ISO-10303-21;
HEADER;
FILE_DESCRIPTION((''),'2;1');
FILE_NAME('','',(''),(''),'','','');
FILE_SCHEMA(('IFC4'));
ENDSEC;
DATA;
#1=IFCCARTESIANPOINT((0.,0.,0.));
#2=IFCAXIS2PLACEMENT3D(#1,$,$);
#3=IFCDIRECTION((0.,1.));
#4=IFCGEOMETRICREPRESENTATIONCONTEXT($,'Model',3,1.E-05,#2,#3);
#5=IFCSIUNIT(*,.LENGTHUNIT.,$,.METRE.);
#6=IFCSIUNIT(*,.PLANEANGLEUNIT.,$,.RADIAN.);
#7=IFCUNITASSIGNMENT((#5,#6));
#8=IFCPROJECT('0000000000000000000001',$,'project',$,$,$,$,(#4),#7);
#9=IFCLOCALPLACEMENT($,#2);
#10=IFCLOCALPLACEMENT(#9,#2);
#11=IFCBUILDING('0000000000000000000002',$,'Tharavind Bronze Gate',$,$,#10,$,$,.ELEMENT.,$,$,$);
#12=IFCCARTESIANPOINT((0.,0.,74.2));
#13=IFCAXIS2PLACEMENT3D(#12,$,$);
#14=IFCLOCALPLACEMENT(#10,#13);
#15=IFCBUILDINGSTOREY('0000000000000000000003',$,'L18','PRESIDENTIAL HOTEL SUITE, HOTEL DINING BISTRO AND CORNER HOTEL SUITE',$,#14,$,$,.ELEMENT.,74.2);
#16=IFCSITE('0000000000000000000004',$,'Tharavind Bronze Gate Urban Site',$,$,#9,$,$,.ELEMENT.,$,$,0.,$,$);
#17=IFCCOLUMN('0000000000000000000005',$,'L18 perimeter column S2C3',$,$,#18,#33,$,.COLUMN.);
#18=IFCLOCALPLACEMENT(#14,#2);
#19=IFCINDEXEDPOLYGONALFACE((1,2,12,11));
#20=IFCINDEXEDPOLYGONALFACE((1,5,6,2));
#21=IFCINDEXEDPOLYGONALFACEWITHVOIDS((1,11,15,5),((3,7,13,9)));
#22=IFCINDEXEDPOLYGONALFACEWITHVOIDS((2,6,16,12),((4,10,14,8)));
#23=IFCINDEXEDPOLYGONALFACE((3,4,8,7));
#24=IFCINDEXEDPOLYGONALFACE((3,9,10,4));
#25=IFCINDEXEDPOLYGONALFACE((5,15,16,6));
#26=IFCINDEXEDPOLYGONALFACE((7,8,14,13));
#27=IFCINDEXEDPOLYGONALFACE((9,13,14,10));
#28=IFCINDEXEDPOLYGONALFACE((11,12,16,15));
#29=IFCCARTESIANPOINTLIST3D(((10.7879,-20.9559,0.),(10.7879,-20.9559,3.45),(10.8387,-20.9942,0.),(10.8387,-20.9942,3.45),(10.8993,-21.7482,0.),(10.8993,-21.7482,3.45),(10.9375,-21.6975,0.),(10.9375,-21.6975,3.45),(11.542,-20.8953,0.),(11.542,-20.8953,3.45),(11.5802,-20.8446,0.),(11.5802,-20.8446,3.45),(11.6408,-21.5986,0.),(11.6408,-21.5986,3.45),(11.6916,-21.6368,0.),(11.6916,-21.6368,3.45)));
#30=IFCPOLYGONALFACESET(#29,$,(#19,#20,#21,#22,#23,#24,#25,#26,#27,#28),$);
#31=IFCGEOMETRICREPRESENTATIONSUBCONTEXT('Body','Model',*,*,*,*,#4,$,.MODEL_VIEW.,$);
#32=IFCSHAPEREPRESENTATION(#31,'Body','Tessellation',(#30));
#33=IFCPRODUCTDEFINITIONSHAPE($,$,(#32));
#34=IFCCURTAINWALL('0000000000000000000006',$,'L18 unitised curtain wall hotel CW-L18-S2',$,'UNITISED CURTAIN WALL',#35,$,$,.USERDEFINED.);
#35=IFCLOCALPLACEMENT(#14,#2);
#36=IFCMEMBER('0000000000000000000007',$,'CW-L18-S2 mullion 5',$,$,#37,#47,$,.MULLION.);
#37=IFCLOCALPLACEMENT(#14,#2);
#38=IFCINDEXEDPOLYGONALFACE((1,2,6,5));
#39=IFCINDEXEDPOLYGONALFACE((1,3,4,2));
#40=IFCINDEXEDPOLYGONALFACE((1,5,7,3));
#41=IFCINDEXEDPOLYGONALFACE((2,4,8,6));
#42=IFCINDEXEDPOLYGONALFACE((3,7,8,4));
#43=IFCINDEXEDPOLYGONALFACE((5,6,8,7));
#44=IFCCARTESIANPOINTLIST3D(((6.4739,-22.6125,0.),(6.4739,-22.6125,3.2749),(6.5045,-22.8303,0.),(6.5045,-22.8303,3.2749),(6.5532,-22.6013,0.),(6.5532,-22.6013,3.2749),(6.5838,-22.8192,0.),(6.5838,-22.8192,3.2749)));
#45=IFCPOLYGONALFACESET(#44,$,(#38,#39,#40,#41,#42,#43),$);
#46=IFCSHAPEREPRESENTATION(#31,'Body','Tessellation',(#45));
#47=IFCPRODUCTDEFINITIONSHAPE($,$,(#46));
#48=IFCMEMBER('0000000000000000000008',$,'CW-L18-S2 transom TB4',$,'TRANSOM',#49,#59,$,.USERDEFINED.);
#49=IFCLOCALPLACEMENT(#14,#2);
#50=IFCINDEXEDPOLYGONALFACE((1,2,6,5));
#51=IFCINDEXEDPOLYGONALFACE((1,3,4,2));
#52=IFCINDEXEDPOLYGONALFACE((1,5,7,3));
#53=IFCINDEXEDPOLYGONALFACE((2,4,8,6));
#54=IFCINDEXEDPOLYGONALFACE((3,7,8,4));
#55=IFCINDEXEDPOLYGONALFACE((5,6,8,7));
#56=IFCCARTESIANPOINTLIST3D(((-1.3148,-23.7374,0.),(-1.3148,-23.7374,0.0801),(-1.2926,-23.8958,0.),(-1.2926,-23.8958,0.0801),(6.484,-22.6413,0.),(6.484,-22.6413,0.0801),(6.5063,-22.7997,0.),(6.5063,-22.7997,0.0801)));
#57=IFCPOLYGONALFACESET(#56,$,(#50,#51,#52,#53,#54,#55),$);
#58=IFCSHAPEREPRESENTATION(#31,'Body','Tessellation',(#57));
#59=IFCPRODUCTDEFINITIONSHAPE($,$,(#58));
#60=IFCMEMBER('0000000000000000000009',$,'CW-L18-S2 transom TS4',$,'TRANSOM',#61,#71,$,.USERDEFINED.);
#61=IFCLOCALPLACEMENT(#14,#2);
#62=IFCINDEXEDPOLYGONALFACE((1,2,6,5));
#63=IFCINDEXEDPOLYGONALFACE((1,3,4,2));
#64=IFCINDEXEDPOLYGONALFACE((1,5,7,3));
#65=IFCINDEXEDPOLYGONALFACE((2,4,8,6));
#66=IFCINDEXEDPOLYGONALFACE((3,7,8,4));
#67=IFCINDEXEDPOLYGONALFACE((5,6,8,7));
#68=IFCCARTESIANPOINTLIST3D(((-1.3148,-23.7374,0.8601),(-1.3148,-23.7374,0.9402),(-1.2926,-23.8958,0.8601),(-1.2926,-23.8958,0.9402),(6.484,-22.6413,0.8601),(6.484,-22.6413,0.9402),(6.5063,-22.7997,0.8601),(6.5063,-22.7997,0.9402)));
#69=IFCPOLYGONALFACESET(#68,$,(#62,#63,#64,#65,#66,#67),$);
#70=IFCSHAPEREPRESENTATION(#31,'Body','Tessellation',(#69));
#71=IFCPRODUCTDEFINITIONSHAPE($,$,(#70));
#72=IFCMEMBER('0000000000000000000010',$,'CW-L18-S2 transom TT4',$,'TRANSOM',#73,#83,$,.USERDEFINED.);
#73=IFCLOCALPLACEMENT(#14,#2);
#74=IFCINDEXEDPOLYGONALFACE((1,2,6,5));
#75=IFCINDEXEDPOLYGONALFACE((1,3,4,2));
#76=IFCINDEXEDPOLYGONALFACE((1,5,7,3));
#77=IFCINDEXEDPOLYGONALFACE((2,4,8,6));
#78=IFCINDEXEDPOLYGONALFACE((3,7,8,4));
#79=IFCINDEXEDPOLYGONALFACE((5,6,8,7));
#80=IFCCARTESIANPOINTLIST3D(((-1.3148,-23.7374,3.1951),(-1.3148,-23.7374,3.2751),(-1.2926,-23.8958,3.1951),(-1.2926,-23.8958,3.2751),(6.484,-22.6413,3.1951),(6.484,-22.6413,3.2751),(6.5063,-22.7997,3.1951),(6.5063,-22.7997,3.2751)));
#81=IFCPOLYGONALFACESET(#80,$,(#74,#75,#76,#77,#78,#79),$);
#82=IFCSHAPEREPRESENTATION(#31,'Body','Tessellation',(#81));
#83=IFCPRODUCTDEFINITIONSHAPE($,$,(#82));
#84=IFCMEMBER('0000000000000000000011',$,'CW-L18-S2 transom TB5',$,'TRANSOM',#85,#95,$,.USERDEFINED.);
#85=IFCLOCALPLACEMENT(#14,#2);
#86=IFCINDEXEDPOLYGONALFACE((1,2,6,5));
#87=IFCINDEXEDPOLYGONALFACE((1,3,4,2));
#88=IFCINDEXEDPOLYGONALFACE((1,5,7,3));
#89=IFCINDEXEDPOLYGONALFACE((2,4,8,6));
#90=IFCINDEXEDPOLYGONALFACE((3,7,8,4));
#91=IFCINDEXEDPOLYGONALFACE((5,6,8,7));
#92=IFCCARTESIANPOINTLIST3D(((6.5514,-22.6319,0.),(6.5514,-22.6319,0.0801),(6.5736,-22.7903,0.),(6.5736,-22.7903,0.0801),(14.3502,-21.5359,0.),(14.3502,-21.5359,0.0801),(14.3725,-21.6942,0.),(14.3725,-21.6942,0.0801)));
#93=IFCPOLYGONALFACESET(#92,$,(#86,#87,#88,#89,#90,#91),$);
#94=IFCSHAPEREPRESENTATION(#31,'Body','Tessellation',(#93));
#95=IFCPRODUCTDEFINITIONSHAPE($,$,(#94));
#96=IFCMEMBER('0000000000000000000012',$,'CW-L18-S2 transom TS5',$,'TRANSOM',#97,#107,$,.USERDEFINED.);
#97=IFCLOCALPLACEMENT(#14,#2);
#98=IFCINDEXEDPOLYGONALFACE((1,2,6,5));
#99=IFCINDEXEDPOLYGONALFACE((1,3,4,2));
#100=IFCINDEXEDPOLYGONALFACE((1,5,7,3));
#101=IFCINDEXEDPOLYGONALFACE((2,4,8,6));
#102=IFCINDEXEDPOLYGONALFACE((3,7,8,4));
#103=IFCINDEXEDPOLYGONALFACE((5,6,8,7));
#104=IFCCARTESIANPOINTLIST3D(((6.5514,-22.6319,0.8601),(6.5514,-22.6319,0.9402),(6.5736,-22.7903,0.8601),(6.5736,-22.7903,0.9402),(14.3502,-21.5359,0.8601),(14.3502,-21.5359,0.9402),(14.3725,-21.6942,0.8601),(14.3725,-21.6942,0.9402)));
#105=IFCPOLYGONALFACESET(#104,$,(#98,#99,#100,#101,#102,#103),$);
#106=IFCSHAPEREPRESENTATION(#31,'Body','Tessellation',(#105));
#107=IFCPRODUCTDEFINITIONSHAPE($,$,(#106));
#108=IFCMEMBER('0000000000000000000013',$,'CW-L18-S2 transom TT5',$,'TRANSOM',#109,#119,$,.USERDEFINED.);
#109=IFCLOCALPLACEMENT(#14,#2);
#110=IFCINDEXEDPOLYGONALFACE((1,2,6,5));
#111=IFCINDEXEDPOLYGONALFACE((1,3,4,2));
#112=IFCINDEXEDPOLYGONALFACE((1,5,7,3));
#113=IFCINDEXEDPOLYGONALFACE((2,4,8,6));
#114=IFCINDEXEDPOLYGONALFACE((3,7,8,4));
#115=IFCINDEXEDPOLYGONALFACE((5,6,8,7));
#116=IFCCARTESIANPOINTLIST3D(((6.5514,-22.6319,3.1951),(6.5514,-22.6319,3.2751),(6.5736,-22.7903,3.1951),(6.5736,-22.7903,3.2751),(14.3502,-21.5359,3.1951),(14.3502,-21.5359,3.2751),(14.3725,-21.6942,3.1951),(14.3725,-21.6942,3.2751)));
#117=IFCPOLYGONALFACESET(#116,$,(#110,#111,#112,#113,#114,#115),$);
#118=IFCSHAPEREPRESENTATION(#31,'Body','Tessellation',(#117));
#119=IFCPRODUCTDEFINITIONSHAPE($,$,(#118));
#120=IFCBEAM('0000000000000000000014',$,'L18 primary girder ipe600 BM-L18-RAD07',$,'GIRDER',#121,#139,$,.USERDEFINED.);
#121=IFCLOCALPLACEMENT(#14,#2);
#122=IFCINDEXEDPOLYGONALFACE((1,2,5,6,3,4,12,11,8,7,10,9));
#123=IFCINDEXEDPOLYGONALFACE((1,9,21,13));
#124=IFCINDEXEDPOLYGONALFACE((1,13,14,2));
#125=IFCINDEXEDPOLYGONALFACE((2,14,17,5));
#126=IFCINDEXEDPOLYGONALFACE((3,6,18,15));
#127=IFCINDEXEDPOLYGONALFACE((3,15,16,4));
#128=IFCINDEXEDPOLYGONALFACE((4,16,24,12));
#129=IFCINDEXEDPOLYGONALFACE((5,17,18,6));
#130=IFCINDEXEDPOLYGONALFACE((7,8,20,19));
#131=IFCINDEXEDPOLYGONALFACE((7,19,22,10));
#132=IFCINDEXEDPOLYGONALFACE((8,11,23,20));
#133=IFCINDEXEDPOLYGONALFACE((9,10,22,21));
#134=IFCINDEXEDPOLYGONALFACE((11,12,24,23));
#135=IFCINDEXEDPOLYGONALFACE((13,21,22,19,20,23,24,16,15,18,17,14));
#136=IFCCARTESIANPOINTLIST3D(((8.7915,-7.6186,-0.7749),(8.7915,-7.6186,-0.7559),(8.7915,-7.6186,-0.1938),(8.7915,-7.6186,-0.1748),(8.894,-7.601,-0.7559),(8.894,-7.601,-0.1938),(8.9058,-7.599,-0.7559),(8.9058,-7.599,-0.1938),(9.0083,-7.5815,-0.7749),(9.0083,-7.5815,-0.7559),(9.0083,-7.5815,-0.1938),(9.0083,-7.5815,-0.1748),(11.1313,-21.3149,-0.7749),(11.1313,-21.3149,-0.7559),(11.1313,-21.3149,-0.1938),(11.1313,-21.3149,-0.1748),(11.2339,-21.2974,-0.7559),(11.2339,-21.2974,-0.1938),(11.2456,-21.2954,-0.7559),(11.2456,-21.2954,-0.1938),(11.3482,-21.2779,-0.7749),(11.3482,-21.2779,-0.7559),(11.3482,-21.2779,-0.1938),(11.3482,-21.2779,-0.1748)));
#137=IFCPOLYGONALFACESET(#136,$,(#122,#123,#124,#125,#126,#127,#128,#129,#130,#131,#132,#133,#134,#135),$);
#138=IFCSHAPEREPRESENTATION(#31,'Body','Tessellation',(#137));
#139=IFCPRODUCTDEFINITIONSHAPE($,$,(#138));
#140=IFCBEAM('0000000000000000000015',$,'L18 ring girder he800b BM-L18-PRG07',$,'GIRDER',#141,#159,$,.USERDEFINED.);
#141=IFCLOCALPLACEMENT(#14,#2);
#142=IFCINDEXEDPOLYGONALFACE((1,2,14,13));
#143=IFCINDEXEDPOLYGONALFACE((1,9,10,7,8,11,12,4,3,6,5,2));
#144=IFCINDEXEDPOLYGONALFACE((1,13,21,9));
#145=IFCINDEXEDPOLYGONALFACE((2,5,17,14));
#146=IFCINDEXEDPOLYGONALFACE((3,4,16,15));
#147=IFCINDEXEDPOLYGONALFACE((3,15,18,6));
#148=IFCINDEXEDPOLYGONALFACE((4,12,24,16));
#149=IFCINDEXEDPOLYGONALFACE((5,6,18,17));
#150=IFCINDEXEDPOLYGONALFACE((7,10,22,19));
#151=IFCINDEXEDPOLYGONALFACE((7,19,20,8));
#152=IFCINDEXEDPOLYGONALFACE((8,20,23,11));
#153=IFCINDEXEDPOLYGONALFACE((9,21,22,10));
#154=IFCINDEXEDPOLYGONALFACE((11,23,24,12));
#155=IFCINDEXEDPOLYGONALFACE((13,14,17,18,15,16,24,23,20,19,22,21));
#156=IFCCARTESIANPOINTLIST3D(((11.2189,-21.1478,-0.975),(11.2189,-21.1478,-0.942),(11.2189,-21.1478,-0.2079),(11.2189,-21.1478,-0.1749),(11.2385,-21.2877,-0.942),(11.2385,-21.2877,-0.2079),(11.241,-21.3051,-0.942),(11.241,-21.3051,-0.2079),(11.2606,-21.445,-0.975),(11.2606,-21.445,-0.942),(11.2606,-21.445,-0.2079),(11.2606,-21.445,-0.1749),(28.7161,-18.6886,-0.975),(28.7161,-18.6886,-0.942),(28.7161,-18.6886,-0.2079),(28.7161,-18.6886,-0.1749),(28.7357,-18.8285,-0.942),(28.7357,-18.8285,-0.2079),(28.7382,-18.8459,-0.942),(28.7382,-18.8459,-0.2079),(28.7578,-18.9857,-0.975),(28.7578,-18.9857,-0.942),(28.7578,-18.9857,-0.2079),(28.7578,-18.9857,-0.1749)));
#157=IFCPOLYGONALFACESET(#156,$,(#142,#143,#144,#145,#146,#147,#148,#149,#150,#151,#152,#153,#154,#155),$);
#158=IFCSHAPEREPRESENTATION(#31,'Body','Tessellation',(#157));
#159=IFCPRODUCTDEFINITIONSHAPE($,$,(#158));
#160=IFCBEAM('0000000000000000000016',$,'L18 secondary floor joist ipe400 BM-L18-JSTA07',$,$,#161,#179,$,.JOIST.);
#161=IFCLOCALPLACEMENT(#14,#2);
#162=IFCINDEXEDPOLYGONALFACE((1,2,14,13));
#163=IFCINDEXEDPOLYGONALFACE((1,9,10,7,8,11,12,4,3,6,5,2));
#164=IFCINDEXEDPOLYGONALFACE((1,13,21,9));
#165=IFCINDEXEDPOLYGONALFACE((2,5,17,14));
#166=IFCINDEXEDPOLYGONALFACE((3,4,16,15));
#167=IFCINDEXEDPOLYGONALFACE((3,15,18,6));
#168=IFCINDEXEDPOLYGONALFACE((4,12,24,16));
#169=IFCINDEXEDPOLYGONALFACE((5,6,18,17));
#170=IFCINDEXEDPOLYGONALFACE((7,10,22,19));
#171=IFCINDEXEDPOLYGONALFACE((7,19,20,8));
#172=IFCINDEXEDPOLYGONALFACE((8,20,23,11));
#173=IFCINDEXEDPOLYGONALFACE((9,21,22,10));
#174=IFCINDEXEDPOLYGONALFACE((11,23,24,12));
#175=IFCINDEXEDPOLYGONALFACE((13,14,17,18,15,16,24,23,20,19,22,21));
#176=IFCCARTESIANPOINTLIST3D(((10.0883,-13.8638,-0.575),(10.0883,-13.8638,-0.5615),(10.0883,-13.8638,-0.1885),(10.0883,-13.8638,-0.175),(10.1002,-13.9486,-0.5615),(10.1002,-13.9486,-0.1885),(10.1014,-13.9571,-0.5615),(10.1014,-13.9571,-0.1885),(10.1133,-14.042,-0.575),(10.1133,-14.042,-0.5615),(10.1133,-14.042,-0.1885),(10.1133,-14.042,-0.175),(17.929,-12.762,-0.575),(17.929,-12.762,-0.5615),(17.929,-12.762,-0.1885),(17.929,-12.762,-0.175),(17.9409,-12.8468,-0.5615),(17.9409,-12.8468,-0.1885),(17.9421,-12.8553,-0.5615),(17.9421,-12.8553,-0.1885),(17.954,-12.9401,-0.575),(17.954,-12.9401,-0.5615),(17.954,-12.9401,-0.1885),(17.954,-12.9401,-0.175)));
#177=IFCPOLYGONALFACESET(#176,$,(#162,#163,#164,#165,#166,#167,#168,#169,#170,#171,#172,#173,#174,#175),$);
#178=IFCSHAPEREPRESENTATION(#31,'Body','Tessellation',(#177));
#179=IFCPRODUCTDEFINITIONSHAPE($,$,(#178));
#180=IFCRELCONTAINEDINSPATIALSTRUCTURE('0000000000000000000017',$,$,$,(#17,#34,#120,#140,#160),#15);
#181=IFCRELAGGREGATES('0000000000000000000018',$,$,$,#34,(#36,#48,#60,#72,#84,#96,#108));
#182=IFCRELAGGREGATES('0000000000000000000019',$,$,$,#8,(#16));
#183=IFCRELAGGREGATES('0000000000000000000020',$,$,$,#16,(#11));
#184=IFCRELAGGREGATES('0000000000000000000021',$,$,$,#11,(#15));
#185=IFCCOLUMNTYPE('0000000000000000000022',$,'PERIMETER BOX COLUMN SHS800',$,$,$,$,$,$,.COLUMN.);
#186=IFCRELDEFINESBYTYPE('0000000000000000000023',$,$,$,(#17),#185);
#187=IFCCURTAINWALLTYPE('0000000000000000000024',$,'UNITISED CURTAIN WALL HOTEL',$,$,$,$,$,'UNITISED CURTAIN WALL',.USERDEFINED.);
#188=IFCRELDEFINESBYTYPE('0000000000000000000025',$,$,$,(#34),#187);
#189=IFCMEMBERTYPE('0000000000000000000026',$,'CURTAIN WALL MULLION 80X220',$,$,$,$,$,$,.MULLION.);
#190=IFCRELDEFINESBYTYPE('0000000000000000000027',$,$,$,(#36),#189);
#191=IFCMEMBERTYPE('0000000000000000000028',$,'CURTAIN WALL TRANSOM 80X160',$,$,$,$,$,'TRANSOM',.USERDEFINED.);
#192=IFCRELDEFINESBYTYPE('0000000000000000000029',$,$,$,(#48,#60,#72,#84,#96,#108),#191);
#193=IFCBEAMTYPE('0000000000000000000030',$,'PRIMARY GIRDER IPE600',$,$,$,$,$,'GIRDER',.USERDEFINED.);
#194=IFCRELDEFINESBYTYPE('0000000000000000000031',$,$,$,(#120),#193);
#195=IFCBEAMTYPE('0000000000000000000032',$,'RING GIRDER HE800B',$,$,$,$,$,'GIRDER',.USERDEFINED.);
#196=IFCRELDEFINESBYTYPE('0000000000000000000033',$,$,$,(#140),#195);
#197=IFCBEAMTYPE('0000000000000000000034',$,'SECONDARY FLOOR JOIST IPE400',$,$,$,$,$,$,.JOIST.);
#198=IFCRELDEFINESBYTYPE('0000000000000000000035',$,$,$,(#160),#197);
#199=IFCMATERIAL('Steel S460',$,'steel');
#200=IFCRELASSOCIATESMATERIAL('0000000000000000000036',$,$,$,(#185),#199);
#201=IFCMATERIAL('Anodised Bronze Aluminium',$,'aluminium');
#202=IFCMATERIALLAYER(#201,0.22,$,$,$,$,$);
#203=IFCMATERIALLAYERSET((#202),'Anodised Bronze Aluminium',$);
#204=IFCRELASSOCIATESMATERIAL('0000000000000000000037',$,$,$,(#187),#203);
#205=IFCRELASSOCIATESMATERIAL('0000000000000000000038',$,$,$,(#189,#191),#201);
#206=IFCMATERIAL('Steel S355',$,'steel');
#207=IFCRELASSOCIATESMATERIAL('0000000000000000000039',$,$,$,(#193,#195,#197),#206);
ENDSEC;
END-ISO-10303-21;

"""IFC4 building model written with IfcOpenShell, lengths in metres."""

from ifc_helpers import new_model, si_unit, direction, frame, origin, origin_2d, place, context, subcontext, project, spatial, rectangle, hollow_rectangle, i_section, extrude, material, layer, layer_set, material_profile, profile_set, type_object, element, aggregate, save


model = new_model("IFC4")

# Units and contexts
model_context = context("Model", 3, precision=1e-05, world=origin(), true_north=direction((0.0, 1.0)))
body_context = subcontext(model_context, "Body", "Model", "MODEL_VIEW")
ifc_project = project(units=[si_unit("LENGTHUNIT", "METRE"), si_unit("PLANEANGLEUNIT", "RADIAN")], contexts=[model_context])

# Site, building, storey
site_placement = place(None, origin())
site = spatial("IfcSite", under=ifc_project, at=site_placement, Name="Tharavind Bronze Gate Urban Site", CompositionType="ELEMENT", RefElevation=0.0)
building_placement = place(site_placement, origin())
building = spatial("IfcBuilding", under=site, at=building_placement, Name="Tharavind Bronze Gate", CompositionType="ELEMENT")
storey_placement = place(building_placement, frame((0.0, 0.0, 74.2)))
storey = spatial("IfcBuildingStorey", under=building, at=storey_placement, Name="L18", Description="PRESIDENTIAL HOTEL SUITE, HOTEL DINING BISTRO AND CORNER HOTEL SUITE", CompositionType="ELEMENT", Elevation=74.2)

# Column
ifc_material_1 = material(Name="Steel S460", Category="steel")
ifc_material_profile_1 = material_profile(ifc_material_1, hollow_rectangle(XDim=0.8, YDim=0.8, WallThickness=0.0449, at=origin_2d()), Name="SHS800X45")
ifc_profile_set_1 = profile_set([ifc_material_profile_1], Name="Steel S460")
column_type = type_object("IfcColumnType", Name="PERIMETER BOX COLUMN SHS800", PredefinedType="COLUMN", material=ifc_profile_set_1)
column_placement = place(storey_placement, frame((11.2397, -21.2964, 0.0), z_axis=(0.0, 0.0, 1.0), x_axis=(0.990268, 0.139173, 0.0)))
element("IfcColumn", 1, at=column_placement, inside=storey, type_object=column_type, Name="L18 perimeter column S2C3", PredefinedType="COLUMN", context=body_context, shape_type="SweptSolid", body=[
    extrude(hollow_rectangle(XDim=0.8, YDim=0.8, WallThickness=0.0449, at=origin_2d()), origin(), (0.0, 0.0, 1.0), 3.45),
])

# Curtain wall, members
ifc_material_2 = material(Name="Anodised Bronze Aluminium", Category="aluminium")
ifc_layer_1 = layer(ifc_material_2, 0.22)
ifc_layer_set_1 = layer_set([ifc_layer_1], Name="Anodised Bronze Aluminium")
curtain_wall_type = type_object("IfcCurtainWallType", Name="UNITISED CURTAIN WALL HOTEL", ElementType="UNITISED CURTAIN WALL", PredefinedType="USERDEFINED", material=ifc_layer_set_1)
curtain_wall_placement = place(storey_placement, origin())
curtain_wall = element("IfcCurtainWall", 2, at=curtain_wall_placement, inside=storey, type_object=curtain_wall_type, Name="L18 unitised curtain wall hotel CW-L18-S2", ObjectType="UNITISED CURTAIN WALL", PredefinedType="USERDEFINED")
member_type_1 = type_object("IfcMemberType", Name="CURTAIN WALL MULLION 80X220", PredefinedType="MULLION", material=ifc_material_2)
member_1_placement = place(storey_placement, frame((6.5288, -22.7158, 0.0), z_axis=(0.0, 0.0, 1.0), x_axis=(0.990268, 0.139173, 0.0)))
member_1 = element("IfcMember", 3, at=member_1_placement, type_object=member_type_1, Name="CW-L18-S2 mullion 5", PredefinedType="MULLION", context=body_context, shape_type="SweptSolid", body=[
    extrude(rectangle(XDim=0.0801, YDim=0.22, at=origin_2d()), origin(), (0.0, 0.0, 1.0), 3.2749),
])
member_type_2 = type_object("IfcMemberType", Name="CURTAIN WALL TRANSOM 80X160", ElementType="TRANSOM", PredefinedType="USERDEFINED", material=ifc_material_2)
member_2_placement = place(storey_placement, frame((2.5957, -23.2686, 0.0), z_axis=(0.0, 0.0, 1.0), x_axis=(0.990268, 0.139173, 0.0)))
member_2 = element("IfcMember", 4, at=member_2_placement, type_object=member_type_2, Name="CW-L18-S2 transom TB4", ObjectType="TRANSOM", PredefinedType="USERDEFINED", context=body_context, shape_type="SweptSolid", body=[
    extrude(rectangle(XDim=7.8755, YDim=0.1599, at=origin_2d()), origin(), (0.0, 0.0, 1.0), 0.0801),
])
member_3_placement = place(storey_placement, frame((2.5957, -23.2686, 0.8601), z_axis=(0.0, 0.0, 1.0), x_axis=(0.990268, 0.139173, 0.0)))
member_3 = element("IfcMember", 5, at=member_3_placement, type_object=member_type_2, Name="CW-L18-S2 transom TS4", ObjectType="TRANSOM", PredefinedType="USERDEFINED", context=body_context, shape_type="SweptSolid", body=[
    extrude(rectangle(XDim=7.8755, YDim=0.1599, at=origin_2d()), origin(), (0.0, 0.0, 1.0), 0.0801),
])
member_4_placement = place(storey_placement, frame((2.5957, -23.2686, 3.1951), z_axis=(0.0, 0.0, 1.0), x_axis=(0.990268, 0.139173, 0.0)))
member_4 = element("IfcMember", 6, at=member_4_placement, type_object=member_type_2, Name="CW-L18-S2 transom TT4", ObjectType="TRANSOM", PredefinedType="USERDEFINED", context=body_context, shape_type="SweptSolid", body=[
    extrude(rectangle(XDim=7.8755, YDim=0.1599, at=origin_2d()), origin(), (0.0, 0.0, 1.0), 0.0801),
])
member_5_placement = place(storey_placement, frame((10.4619, -22.1631, 0.0), z_axis=(0.0, 0.0, 1.0), x_axis=(0.990268, 0.139173, 0.0)))
member_5 = element("IfcMember", 7, at=member_5_placement, type_object=member_type_2, Name="CW-L18-S2 transom TB5", ObjectType="TRANSOM", PredefinedType="USERDEFINED", context=body_context, shape_type="SweptSolid", body=[
    extrude(rectangle(XDim=7.8755, YDim=0.1599, at=origin_2d()), origin(), (0.0, 0.0, 1.0), 0.0801),
])
member_6_placement = place(storey_placement, frame((10.4619, -22.1631, 0.8601), z_axis=(0.0, 0.0, 1.0), x_axis=(0.990268, 0.139173, 0.0)))
member_6 = element("IfcMember", 8, at=member_6_placement, type_object=member_type_2, Name="CW-L18-S2 transom TS5", ObjectType="TRANSOM", PredefinedType="USERDEFINED", context=body_context, shape_type="SweptSolid", body=[
    extrude(rectangle(XDim=7.8755, YDim=0.1599, at=origin_2d()), origin(), (0.0, 0.0, 1.0), 0.0801),
])
member_7_placement = place(storey_placement, frame((10.4619, -22.1631, 3.1951), z_axis=(0.0, 0.0, 1.0), x_axis=(0.990268, 0.139173, 0.0)))
member_7 = element("IfcMember", 9, at=member_7_placement, type_object=member_type_2, Name="CW-L18-S2 transom TT5", ObjectType="TRANSOM", PredefinedType="USERDEFINED", context=body_context, shape_type="SweptSolid", body=[
    extrude(rectangle(XDim=7.8755, YDim=0.1599, at=origin_2d()), origin(), (0.0, 0.0, 1.0), 0.0801),
])

# Beams
ifc_material_3 = material(Name="Steel S355", Category="steel")
ifc_material_profile_2 = material_profile(ifc_material_3, i_section(OverallWidth=0.22, OverallDepth=0.6001, WebThickness=0.012, FlangeThickness=0.019, at=origin_2d()), Name="IPE600")
ifc_profile_set_2 = profile_set([ifc_material_profile_2], Name="Steel S355")
beam_type_1 = type_object("IfcBeamType", Name="PRIMARY GIRDER IPE600", ElementType="GIRDER", PredefinedType="USERDEFINED", material=ifc_profile_set_2)
beam_1_placement = place(storey_placement, frame((11.2397, -21.2964, -0.4749), z_axis=(-0.168398, 0.985719, 0.0), x_axis=(-0.985719, -0.168398, 0.0)))
element("IfcBeam", 10, at=beam_1_placement, inside=storey, type_object=beam_type_1, Name="L18 primary girder ipe600 BM-L18-RAD07", ObjectType="GIRDER", PredefinedType="USERDEFINED", context=body_context, shape_type="SweptSolid", body=[
    extrude(i_section(OverallWidth=0.22, OverallDepth=0.6001, WebThickness=0.012, FlangeThickness=0.019, at=origin_2d()), origin(), (0.0, 0.0, 1.0), 13.8948),
])
ifc_material_profile_3 = material_profile(ifc_material_3, i_section(OverallWidth=0.3, OverallDepth=0.8, WebThickness=0.0176, FlangeThickness=0.033, at=origin_2d()), Name="HE800B")
ifc_profile_set_3 = profile_set([ifc_material_profile_3], Name="Steel S355")
beam_type_2 = type_object("IfcBeamType", Name="RING GIRDER HE800B", ElementType="GIRDER", PredefinedType="USERDEFINED", material=ifc_profile_set_3)
beam_2_placement = place(storey_placement, frame((11.2397, -21.2964, -0.575), z_axis=(0.990267, 0.139181, 0.0), x_axis=(-0.139181, 0.990267, 0.0)))
element("IfcBeam", 11, at=beam_2_placement, inside=storey, type_object=beam_type_2, Name="L18 ring girder he800b BM-L18-PRG07", ObjectType="GIRDER", PredefinedType="USERDEFINED", context=body_context, shape_type="SweptSolid", body=[
    extrude(i_section(OverallWidth=0.3, OverallDepth=0.8, WebThickness=0.0176, FlangeThickness=0.033, at=origin_2d()), origin(), (0.0, 0.0, 1.0), 17.6692),
])
ifc_material_profile_4 = material_profile(ifc_material_3, i_section(OverallWidth=0.1799, OverallDepth=0.3999, WebThickness=0.0085, FlangeThickness=0.0134, at=origin_2d()), Name="IPE400")
ifc_profile_set_4 = profile_set([ifc_material_profile_4], Name="Steel S355")
beam_type_3 = type_object("IfcBeamType", Name="SECONDARY FLOOR JOIST IPE400", PredefinedType="JOIST", material=ifc_profile_set_4)
beam_3_placement = place(storey_placement, frame((10.1008, -13.9529, -0.375), z_axis=(0.99027, 0.139159, 0.0), x_axis=(-0.139159, 0.99027, 0.0)))
element("IfcBeam", 12, at=beam_3_placement, inside=storey, type_object=beam_type_3, Name="L18 secondary floor joist ipe400 BM-L18-JSTA07", PredefinedType="JOIST", context=body_context, shape_type="SweptSolid", body=[
    extrude(i_section(OverallWidth=0.1799, OverallDepth=0.3999, WebThickness=0.0085, FlangeThickness=0.0134, at=origin_2d()), origin(), (0.0, 0.0, 1.0), 7.9177),
])

aggregate(curtain_wall, [member_1, member_2, member_3, member_4, member_5, member_6, member_7])

save(model, "model.ifc")
